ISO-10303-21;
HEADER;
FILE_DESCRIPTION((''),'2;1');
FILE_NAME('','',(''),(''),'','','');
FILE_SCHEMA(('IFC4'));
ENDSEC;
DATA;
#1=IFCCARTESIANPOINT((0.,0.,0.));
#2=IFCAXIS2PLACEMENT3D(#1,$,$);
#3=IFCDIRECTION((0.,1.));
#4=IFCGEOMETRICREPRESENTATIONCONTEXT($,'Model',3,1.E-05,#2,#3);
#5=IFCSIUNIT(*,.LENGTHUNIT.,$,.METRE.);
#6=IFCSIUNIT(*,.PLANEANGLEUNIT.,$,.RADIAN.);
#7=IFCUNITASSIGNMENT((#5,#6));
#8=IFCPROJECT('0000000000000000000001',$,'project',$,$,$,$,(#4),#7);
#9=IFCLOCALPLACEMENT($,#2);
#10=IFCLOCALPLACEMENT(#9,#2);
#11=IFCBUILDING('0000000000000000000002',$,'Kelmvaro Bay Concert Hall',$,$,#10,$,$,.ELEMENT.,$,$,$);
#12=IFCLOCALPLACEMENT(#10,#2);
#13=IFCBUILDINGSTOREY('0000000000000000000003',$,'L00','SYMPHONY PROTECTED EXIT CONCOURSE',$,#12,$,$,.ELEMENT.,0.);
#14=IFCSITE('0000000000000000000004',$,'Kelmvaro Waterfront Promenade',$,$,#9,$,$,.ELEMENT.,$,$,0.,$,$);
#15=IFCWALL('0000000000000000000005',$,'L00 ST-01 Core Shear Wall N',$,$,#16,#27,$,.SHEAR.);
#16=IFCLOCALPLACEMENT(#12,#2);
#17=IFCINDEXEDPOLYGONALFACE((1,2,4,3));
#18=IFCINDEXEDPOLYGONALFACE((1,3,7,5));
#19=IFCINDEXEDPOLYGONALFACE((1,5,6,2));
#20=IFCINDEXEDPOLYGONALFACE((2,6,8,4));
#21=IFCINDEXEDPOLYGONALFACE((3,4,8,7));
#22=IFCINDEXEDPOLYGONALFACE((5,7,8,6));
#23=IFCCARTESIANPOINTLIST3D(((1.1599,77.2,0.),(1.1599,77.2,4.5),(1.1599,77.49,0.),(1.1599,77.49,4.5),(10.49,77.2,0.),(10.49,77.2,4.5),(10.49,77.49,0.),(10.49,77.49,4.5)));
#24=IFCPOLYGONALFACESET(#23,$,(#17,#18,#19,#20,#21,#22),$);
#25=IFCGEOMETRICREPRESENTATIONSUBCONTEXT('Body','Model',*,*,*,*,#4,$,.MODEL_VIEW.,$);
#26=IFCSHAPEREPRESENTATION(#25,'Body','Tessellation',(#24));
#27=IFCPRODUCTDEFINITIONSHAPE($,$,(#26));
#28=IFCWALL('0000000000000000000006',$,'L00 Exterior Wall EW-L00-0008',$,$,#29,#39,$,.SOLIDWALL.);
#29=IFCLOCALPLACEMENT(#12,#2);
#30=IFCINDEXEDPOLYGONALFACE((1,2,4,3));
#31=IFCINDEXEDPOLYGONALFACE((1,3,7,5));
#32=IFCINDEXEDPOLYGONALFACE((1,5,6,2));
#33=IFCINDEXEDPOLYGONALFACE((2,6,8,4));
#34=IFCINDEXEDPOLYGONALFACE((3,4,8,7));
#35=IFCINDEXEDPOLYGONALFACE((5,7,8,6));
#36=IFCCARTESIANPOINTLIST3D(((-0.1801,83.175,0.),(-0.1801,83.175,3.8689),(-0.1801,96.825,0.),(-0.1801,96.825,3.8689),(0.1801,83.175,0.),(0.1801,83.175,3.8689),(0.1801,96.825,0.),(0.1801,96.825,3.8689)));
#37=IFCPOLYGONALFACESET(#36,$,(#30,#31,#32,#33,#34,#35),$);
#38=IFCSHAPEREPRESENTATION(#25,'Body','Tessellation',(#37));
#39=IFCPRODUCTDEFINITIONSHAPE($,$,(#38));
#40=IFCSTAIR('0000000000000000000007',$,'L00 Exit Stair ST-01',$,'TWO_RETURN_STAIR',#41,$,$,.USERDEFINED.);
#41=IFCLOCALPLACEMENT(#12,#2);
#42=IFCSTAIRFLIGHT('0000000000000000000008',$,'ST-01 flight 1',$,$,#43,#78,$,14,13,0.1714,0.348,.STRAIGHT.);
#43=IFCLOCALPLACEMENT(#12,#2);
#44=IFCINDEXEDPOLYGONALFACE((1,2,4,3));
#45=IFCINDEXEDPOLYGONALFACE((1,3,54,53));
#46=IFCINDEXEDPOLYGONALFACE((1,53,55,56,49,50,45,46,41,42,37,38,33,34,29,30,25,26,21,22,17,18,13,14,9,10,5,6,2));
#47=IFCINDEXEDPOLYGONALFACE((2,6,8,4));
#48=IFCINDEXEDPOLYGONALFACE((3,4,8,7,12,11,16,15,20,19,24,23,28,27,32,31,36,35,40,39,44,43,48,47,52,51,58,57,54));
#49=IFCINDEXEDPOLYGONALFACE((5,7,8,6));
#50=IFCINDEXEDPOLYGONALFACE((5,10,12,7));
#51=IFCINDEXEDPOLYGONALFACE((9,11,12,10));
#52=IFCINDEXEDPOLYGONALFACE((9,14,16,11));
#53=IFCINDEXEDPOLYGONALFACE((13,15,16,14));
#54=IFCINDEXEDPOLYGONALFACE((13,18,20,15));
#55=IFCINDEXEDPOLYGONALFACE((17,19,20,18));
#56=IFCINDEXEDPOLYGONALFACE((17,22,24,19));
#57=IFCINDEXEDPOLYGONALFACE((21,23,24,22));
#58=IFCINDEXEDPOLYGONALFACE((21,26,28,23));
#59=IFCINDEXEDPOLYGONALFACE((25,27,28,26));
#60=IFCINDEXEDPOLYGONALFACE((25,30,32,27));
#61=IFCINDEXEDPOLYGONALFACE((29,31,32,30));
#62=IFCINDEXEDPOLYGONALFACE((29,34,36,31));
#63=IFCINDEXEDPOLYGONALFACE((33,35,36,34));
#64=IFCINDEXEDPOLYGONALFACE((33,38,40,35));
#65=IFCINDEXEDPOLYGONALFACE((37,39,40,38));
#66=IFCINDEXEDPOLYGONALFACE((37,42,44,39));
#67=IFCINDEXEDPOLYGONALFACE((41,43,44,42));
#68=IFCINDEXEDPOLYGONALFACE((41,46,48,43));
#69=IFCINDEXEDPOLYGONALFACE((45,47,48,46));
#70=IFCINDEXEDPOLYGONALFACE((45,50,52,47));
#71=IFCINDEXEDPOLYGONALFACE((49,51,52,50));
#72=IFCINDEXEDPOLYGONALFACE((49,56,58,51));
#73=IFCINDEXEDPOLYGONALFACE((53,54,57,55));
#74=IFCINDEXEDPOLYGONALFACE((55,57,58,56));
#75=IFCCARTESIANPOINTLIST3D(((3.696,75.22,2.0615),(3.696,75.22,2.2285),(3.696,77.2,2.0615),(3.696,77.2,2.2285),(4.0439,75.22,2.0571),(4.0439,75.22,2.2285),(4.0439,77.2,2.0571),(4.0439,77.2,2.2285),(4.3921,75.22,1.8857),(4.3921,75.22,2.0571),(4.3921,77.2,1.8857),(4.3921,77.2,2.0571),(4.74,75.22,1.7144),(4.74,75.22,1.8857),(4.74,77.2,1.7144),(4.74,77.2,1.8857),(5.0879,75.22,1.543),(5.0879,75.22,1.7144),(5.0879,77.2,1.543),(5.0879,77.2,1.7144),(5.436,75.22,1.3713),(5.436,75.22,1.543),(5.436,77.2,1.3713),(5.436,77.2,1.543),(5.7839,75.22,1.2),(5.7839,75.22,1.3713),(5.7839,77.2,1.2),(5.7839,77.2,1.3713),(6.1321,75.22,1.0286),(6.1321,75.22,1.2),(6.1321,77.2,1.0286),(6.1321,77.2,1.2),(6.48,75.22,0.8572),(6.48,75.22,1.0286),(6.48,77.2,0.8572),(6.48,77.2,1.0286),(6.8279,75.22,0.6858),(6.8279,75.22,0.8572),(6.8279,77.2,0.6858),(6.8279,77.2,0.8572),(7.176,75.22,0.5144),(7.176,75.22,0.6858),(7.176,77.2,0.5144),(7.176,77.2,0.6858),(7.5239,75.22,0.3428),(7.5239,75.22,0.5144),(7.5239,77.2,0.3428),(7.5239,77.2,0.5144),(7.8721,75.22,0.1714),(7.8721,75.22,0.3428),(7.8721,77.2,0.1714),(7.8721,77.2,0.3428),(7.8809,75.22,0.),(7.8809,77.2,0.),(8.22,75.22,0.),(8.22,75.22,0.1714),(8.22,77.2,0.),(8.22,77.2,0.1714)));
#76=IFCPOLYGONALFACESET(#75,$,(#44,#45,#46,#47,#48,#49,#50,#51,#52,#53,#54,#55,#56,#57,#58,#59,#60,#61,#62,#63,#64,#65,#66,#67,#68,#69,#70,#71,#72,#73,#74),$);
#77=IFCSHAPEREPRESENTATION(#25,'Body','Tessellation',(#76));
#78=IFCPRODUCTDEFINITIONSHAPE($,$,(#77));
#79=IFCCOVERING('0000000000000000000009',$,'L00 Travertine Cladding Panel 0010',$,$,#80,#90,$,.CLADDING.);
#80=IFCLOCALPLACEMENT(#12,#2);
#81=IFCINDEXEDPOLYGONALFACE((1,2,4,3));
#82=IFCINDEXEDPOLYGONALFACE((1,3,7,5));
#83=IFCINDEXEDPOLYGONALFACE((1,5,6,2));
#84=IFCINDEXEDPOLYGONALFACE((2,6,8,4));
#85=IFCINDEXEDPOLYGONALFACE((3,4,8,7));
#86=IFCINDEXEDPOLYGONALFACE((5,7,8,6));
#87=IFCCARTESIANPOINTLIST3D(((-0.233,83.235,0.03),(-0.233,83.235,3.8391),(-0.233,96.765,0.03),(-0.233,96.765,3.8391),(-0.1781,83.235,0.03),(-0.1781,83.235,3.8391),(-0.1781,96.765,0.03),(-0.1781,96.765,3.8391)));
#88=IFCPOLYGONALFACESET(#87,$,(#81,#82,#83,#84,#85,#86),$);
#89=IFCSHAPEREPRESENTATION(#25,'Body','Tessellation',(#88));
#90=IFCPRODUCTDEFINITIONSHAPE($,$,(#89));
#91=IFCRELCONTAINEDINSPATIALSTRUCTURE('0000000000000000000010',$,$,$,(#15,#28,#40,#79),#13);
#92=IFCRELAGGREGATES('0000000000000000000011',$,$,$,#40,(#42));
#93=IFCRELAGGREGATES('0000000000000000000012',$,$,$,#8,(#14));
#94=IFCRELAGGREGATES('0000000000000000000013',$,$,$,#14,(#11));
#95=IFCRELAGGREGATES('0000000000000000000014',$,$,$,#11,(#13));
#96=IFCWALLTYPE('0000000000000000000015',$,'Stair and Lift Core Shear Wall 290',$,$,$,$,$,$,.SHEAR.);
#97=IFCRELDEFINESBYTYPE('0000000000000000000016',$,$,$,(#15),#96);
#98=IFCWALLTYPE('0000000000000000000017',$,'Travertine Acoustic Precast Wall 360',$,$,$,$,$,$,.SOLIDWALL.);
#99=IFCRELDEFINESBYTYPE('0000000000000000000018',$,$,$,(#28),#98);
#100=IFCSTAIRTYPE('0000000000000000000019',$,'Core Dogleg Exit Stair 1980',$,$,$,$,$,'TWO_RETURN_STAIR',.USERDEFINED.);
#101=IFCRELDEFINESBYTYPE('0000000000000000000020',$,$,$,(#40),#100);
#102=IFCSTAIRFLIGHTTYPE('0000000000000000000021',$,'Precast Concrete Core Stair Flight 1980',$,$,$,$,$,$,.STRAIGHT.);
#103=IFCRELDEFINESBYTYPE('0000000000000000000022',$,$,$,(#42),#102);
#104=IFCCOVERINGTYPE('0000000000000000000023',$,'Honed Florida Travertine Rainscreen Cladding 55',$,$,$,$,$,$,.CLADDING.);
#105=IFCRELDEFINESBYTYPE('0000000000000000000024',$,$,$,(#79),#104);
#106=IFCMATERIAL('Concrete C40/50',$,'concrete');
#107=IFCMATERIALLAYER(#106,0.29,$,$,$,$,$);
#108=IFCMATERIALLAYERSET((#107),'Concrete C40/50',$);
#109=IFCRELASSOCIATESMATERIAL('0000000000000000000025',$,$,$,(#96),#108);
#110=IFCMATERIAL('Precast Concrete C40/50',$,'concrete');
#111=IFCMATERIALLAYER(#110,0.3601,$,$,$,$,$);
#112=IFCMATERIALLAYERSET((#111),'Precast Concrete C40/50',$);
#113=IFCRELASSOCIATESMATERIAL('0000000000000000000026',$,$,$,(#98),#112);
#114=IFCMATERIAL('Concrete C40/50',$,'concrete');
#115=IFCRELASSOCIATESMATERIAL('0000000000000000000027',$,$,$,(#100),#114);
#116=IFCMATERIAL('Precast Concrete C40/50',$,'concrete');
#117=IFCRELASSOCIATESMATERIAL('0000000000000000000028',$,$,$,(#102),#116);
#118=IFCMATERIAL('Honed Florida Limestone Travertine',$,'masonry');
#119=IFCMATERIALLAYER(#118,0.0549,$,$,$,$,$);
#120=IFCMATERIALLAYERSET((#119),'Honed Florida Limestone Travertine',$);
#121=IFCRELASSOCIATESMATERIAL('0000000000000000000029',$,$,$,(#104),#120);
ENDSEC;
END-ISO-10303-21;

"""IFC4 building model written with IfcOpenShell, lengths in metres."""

from ifc_helpers import new_model, si_unit, direction, frame, frame_2d, origin, origin_2d, place, context, subcontext, project, spatial, polyline, rectangle, outline, extrude, material, layer, layer_set, type_object, element, aggregate, save


model = new_model("IFC4")

# Units and contexts
model_context = context("Model", 3, precision=1e-05, world=origin(), true_north=direction((0.0, 1.0)))
body_context = subcontext(model_context, "Body", "Model", "MODEL_VIEW")
ifc_project = project(units=[si_unit("LENGTHUNIT", "METRE"), si_unit("PLANEANGLEUNIT", "RADIAN")], contexts=[model_context])

# Site, building, storey
site_placement = place(None, origin())
site = spatial("IfcSite", under=ifc_project, at=site_placement, Name="Kelmvaro Waterfront Promenade", CompositionType="ELEMENT", RefElevation=0.0)
building_placement = place(site_placement, origin())
building = spatial("IfcBuilding", under=site, at=building_placement, Name="Kelmvaro Bay Concert Hall", CompositionType="ELEMENT")
storey_placement = place(building_placement, origin())
storey = spatial("IfcBuildingStorey", under=building, at=storey_placement, Name="L00", Description="SYMPHONY PROTECTED EXIT CONCOURSE", CompositionType="ELEMENT", Elevation=0.0)

# Walls
ifc_material_1 = material(Name="Concrete C40/50", Category="concrete")
ifc_layer_1 = layer(ifc_material_1, 0.29)
ifc_layer_set_1 = layer_set([ifc_layer_1], Name="Concrete C40/50")
wall_type_1 = type_object("IfcWallType", Name="Stair and Lift Core Shear Wall 290", PredefinedType="SHEAR", material=ifc_layer_set_1)
wall_1_placement = place(storey_placement, frame((1.1599, 77.345, 0.0), z_axis=(0.0, 0.0, 1.0), x_axis=(1.0, 0.0, 0.0)))
element("IfcWall", 1, at=wall_1_placement, inside=storey, type_object=wall_type_1, Name="L00 ST-01 Core Shear Wall N", PredefinedType="SHEAR", context=body_context, shape_type="SweptSolid", body=[
    extrude(rectangle(XDim=9.3301, YDim=0.29, at=frame_2d((4.665, 0.0))), origin(), (0.0, 0.0, 1.0), 4.5),
])
ifc_material_2 = material(Name="Precast Concrete C40/50", Category="concrete")
ifc_layer_2 = layer(ifc_material_2, 0.3601)
ifc_layer_set_2 = layer_set([ifc_layer_2], Name="Precast Concrete C40/50")
wall_type_2 = type_object("IfcWallType", Name="Travertine Acoustic Precast Wall 360", PredefinedType="SOLIDWALL", material=ifc_layer_set_2)
wall_2_placement = place(storey_placement, frame((0.0, 83.175, 0.0), z_axis=(0.0, 0.0, 1.0), x_axis=(0.0, 1.0, 0.0)))
element("IfcWall", 2, at=wall_2_placement, inside=storey, type_object=wall_type_2, Name="L00 Exterior Wall EW-L00-0008", PredefinedType="SOLIDWALL", context=body_context, shape_type="SweptSolid", body=[
    extrude(rectangle(XDim=13.6499, YDim=0.3601, at=frame_2d((6.825, 0.0))), origin(), (0.0, 0.0, 1.0), 3.8689),
])

# Stair, stair flight
ifc_material_3 = material(Name="Concrete C40/50", Category="concrete")
stair_type = type_object("IfcStairType", Name="Core Dogleg Exit Stair 1980", ElementType="TWO_RETURN_STAIR", PredefinedType="USERDEFINED", material=ifc_material_3)
stair_placement = place(storey_placement, origin())
stair = element("IfcStair", 3, at=stair_placement, inside=storey, type_object=stair_type, Name="L00 Exit Stair ST-01", ObjectType="TWO_RETURN_STAIR", PredefinedType="USERDEFINED")
ifc_material_4 = material(Name="Precast Concrete C40/50", Category="concrete")
stair_flight_type = type_object("IfcStairFlightType", Name="Precast Concrete Core Stair Flight 1980", PredefinedType="STRAIGHT", material=ifc_material_4)
stair_flight_placement = place(storey_placement, frame((8.22, 76.21, 0.0), z_axis=(0.0, 0.0, 1.0), x_axis=(-1.0, 0.0, 0.0)))
stair_flight = element("IfcStairFlight", 4, at=stair_flight_placement, type_object=stair_flight_type, Name="ST-01 flight 1", NumberOfRisers=14, NumberOfTreads=13, PredefinedType="STRAIGHT", RiserHeight=0.1714, TreadLength=0.348, context=body_context, shape_type="SweptSolid", body=[
    extrude(outline(polyline([(0.0, 0.0), (0.0, 0.1714), (0.3479, 0.1714), (0.3479, 0.3428), (0.696, 0.3428), (0.696, 0.5144), (1.0439, 0.5144), (1.0439, 0.6858), (1.3921, 0.6858), (1.3921, 0.8572), (1.74, 0.8572), (1.74, 1.0286), (2.0879, 1.0286), (2.0879, 1.2), (2.436, 1.2), (2.436, 1.3713), (2.7839, 1.3713), (2.7839, 1.543), (3.1321, 1.543), (3.1321, 1.7144), (3.48, 1.7144), (3.48, 1.8857), (3.8279, 1.8857), (3.8279, 2.0571), (4.176, 2.0571), (4.176, 2.2285), (4.5239, 2.2285), (4.5239, 2.3999), (4.5239, 2.0615), (0.3391, 0.0), (0.0, 0.0)])), frame((0.0, 0.99, 0.0), z_axis=(0.0, -1.0, 0.0), x_axis=(1.0, 0.0, 0.0)), (0.0, 0.0, 1.0), 1.98),
])
aggregate(stair, [stair_flight])

# Covering
ifc_material_5 = material(Name="Honed Florida Limestone Travertine", Category="masonry")
ifc_layer_3 = layer(ifc_material_5, 0.0549)
ifc_layer_set_3 = layer_set([ifc_layer_3], Name="Honed Florida Limestone Travertine")
covering_type = type_object("IfcCoveringType", Name="Honed Florida Travertine Rainscreen Cladding 55", PredefinedType="CLADDING", material=ifc_layer_set_3)
covering_placement = place(storey_placement, frame((-0.2056, 90.0, 0.03), z_axis=(0.0, 0.0, 1.0), x_axis=(0.0, 1.0, 0.0)))
element("IfcCovering", 5, at=covering_placement, inside=storey, type_object=covering_type, Name="L00 Travertine Cladding Panel 0010", PredefinedType="CLADDING", context=body_context, shape_type="SweptSolid", body=[
    extrude(rectangle(XDim=13.53, YDim=0.0549, at=origin_2d()), origin(), (0.0, 0.0, 1.0), 3.8091),
])

save(model, "model.ifc")
